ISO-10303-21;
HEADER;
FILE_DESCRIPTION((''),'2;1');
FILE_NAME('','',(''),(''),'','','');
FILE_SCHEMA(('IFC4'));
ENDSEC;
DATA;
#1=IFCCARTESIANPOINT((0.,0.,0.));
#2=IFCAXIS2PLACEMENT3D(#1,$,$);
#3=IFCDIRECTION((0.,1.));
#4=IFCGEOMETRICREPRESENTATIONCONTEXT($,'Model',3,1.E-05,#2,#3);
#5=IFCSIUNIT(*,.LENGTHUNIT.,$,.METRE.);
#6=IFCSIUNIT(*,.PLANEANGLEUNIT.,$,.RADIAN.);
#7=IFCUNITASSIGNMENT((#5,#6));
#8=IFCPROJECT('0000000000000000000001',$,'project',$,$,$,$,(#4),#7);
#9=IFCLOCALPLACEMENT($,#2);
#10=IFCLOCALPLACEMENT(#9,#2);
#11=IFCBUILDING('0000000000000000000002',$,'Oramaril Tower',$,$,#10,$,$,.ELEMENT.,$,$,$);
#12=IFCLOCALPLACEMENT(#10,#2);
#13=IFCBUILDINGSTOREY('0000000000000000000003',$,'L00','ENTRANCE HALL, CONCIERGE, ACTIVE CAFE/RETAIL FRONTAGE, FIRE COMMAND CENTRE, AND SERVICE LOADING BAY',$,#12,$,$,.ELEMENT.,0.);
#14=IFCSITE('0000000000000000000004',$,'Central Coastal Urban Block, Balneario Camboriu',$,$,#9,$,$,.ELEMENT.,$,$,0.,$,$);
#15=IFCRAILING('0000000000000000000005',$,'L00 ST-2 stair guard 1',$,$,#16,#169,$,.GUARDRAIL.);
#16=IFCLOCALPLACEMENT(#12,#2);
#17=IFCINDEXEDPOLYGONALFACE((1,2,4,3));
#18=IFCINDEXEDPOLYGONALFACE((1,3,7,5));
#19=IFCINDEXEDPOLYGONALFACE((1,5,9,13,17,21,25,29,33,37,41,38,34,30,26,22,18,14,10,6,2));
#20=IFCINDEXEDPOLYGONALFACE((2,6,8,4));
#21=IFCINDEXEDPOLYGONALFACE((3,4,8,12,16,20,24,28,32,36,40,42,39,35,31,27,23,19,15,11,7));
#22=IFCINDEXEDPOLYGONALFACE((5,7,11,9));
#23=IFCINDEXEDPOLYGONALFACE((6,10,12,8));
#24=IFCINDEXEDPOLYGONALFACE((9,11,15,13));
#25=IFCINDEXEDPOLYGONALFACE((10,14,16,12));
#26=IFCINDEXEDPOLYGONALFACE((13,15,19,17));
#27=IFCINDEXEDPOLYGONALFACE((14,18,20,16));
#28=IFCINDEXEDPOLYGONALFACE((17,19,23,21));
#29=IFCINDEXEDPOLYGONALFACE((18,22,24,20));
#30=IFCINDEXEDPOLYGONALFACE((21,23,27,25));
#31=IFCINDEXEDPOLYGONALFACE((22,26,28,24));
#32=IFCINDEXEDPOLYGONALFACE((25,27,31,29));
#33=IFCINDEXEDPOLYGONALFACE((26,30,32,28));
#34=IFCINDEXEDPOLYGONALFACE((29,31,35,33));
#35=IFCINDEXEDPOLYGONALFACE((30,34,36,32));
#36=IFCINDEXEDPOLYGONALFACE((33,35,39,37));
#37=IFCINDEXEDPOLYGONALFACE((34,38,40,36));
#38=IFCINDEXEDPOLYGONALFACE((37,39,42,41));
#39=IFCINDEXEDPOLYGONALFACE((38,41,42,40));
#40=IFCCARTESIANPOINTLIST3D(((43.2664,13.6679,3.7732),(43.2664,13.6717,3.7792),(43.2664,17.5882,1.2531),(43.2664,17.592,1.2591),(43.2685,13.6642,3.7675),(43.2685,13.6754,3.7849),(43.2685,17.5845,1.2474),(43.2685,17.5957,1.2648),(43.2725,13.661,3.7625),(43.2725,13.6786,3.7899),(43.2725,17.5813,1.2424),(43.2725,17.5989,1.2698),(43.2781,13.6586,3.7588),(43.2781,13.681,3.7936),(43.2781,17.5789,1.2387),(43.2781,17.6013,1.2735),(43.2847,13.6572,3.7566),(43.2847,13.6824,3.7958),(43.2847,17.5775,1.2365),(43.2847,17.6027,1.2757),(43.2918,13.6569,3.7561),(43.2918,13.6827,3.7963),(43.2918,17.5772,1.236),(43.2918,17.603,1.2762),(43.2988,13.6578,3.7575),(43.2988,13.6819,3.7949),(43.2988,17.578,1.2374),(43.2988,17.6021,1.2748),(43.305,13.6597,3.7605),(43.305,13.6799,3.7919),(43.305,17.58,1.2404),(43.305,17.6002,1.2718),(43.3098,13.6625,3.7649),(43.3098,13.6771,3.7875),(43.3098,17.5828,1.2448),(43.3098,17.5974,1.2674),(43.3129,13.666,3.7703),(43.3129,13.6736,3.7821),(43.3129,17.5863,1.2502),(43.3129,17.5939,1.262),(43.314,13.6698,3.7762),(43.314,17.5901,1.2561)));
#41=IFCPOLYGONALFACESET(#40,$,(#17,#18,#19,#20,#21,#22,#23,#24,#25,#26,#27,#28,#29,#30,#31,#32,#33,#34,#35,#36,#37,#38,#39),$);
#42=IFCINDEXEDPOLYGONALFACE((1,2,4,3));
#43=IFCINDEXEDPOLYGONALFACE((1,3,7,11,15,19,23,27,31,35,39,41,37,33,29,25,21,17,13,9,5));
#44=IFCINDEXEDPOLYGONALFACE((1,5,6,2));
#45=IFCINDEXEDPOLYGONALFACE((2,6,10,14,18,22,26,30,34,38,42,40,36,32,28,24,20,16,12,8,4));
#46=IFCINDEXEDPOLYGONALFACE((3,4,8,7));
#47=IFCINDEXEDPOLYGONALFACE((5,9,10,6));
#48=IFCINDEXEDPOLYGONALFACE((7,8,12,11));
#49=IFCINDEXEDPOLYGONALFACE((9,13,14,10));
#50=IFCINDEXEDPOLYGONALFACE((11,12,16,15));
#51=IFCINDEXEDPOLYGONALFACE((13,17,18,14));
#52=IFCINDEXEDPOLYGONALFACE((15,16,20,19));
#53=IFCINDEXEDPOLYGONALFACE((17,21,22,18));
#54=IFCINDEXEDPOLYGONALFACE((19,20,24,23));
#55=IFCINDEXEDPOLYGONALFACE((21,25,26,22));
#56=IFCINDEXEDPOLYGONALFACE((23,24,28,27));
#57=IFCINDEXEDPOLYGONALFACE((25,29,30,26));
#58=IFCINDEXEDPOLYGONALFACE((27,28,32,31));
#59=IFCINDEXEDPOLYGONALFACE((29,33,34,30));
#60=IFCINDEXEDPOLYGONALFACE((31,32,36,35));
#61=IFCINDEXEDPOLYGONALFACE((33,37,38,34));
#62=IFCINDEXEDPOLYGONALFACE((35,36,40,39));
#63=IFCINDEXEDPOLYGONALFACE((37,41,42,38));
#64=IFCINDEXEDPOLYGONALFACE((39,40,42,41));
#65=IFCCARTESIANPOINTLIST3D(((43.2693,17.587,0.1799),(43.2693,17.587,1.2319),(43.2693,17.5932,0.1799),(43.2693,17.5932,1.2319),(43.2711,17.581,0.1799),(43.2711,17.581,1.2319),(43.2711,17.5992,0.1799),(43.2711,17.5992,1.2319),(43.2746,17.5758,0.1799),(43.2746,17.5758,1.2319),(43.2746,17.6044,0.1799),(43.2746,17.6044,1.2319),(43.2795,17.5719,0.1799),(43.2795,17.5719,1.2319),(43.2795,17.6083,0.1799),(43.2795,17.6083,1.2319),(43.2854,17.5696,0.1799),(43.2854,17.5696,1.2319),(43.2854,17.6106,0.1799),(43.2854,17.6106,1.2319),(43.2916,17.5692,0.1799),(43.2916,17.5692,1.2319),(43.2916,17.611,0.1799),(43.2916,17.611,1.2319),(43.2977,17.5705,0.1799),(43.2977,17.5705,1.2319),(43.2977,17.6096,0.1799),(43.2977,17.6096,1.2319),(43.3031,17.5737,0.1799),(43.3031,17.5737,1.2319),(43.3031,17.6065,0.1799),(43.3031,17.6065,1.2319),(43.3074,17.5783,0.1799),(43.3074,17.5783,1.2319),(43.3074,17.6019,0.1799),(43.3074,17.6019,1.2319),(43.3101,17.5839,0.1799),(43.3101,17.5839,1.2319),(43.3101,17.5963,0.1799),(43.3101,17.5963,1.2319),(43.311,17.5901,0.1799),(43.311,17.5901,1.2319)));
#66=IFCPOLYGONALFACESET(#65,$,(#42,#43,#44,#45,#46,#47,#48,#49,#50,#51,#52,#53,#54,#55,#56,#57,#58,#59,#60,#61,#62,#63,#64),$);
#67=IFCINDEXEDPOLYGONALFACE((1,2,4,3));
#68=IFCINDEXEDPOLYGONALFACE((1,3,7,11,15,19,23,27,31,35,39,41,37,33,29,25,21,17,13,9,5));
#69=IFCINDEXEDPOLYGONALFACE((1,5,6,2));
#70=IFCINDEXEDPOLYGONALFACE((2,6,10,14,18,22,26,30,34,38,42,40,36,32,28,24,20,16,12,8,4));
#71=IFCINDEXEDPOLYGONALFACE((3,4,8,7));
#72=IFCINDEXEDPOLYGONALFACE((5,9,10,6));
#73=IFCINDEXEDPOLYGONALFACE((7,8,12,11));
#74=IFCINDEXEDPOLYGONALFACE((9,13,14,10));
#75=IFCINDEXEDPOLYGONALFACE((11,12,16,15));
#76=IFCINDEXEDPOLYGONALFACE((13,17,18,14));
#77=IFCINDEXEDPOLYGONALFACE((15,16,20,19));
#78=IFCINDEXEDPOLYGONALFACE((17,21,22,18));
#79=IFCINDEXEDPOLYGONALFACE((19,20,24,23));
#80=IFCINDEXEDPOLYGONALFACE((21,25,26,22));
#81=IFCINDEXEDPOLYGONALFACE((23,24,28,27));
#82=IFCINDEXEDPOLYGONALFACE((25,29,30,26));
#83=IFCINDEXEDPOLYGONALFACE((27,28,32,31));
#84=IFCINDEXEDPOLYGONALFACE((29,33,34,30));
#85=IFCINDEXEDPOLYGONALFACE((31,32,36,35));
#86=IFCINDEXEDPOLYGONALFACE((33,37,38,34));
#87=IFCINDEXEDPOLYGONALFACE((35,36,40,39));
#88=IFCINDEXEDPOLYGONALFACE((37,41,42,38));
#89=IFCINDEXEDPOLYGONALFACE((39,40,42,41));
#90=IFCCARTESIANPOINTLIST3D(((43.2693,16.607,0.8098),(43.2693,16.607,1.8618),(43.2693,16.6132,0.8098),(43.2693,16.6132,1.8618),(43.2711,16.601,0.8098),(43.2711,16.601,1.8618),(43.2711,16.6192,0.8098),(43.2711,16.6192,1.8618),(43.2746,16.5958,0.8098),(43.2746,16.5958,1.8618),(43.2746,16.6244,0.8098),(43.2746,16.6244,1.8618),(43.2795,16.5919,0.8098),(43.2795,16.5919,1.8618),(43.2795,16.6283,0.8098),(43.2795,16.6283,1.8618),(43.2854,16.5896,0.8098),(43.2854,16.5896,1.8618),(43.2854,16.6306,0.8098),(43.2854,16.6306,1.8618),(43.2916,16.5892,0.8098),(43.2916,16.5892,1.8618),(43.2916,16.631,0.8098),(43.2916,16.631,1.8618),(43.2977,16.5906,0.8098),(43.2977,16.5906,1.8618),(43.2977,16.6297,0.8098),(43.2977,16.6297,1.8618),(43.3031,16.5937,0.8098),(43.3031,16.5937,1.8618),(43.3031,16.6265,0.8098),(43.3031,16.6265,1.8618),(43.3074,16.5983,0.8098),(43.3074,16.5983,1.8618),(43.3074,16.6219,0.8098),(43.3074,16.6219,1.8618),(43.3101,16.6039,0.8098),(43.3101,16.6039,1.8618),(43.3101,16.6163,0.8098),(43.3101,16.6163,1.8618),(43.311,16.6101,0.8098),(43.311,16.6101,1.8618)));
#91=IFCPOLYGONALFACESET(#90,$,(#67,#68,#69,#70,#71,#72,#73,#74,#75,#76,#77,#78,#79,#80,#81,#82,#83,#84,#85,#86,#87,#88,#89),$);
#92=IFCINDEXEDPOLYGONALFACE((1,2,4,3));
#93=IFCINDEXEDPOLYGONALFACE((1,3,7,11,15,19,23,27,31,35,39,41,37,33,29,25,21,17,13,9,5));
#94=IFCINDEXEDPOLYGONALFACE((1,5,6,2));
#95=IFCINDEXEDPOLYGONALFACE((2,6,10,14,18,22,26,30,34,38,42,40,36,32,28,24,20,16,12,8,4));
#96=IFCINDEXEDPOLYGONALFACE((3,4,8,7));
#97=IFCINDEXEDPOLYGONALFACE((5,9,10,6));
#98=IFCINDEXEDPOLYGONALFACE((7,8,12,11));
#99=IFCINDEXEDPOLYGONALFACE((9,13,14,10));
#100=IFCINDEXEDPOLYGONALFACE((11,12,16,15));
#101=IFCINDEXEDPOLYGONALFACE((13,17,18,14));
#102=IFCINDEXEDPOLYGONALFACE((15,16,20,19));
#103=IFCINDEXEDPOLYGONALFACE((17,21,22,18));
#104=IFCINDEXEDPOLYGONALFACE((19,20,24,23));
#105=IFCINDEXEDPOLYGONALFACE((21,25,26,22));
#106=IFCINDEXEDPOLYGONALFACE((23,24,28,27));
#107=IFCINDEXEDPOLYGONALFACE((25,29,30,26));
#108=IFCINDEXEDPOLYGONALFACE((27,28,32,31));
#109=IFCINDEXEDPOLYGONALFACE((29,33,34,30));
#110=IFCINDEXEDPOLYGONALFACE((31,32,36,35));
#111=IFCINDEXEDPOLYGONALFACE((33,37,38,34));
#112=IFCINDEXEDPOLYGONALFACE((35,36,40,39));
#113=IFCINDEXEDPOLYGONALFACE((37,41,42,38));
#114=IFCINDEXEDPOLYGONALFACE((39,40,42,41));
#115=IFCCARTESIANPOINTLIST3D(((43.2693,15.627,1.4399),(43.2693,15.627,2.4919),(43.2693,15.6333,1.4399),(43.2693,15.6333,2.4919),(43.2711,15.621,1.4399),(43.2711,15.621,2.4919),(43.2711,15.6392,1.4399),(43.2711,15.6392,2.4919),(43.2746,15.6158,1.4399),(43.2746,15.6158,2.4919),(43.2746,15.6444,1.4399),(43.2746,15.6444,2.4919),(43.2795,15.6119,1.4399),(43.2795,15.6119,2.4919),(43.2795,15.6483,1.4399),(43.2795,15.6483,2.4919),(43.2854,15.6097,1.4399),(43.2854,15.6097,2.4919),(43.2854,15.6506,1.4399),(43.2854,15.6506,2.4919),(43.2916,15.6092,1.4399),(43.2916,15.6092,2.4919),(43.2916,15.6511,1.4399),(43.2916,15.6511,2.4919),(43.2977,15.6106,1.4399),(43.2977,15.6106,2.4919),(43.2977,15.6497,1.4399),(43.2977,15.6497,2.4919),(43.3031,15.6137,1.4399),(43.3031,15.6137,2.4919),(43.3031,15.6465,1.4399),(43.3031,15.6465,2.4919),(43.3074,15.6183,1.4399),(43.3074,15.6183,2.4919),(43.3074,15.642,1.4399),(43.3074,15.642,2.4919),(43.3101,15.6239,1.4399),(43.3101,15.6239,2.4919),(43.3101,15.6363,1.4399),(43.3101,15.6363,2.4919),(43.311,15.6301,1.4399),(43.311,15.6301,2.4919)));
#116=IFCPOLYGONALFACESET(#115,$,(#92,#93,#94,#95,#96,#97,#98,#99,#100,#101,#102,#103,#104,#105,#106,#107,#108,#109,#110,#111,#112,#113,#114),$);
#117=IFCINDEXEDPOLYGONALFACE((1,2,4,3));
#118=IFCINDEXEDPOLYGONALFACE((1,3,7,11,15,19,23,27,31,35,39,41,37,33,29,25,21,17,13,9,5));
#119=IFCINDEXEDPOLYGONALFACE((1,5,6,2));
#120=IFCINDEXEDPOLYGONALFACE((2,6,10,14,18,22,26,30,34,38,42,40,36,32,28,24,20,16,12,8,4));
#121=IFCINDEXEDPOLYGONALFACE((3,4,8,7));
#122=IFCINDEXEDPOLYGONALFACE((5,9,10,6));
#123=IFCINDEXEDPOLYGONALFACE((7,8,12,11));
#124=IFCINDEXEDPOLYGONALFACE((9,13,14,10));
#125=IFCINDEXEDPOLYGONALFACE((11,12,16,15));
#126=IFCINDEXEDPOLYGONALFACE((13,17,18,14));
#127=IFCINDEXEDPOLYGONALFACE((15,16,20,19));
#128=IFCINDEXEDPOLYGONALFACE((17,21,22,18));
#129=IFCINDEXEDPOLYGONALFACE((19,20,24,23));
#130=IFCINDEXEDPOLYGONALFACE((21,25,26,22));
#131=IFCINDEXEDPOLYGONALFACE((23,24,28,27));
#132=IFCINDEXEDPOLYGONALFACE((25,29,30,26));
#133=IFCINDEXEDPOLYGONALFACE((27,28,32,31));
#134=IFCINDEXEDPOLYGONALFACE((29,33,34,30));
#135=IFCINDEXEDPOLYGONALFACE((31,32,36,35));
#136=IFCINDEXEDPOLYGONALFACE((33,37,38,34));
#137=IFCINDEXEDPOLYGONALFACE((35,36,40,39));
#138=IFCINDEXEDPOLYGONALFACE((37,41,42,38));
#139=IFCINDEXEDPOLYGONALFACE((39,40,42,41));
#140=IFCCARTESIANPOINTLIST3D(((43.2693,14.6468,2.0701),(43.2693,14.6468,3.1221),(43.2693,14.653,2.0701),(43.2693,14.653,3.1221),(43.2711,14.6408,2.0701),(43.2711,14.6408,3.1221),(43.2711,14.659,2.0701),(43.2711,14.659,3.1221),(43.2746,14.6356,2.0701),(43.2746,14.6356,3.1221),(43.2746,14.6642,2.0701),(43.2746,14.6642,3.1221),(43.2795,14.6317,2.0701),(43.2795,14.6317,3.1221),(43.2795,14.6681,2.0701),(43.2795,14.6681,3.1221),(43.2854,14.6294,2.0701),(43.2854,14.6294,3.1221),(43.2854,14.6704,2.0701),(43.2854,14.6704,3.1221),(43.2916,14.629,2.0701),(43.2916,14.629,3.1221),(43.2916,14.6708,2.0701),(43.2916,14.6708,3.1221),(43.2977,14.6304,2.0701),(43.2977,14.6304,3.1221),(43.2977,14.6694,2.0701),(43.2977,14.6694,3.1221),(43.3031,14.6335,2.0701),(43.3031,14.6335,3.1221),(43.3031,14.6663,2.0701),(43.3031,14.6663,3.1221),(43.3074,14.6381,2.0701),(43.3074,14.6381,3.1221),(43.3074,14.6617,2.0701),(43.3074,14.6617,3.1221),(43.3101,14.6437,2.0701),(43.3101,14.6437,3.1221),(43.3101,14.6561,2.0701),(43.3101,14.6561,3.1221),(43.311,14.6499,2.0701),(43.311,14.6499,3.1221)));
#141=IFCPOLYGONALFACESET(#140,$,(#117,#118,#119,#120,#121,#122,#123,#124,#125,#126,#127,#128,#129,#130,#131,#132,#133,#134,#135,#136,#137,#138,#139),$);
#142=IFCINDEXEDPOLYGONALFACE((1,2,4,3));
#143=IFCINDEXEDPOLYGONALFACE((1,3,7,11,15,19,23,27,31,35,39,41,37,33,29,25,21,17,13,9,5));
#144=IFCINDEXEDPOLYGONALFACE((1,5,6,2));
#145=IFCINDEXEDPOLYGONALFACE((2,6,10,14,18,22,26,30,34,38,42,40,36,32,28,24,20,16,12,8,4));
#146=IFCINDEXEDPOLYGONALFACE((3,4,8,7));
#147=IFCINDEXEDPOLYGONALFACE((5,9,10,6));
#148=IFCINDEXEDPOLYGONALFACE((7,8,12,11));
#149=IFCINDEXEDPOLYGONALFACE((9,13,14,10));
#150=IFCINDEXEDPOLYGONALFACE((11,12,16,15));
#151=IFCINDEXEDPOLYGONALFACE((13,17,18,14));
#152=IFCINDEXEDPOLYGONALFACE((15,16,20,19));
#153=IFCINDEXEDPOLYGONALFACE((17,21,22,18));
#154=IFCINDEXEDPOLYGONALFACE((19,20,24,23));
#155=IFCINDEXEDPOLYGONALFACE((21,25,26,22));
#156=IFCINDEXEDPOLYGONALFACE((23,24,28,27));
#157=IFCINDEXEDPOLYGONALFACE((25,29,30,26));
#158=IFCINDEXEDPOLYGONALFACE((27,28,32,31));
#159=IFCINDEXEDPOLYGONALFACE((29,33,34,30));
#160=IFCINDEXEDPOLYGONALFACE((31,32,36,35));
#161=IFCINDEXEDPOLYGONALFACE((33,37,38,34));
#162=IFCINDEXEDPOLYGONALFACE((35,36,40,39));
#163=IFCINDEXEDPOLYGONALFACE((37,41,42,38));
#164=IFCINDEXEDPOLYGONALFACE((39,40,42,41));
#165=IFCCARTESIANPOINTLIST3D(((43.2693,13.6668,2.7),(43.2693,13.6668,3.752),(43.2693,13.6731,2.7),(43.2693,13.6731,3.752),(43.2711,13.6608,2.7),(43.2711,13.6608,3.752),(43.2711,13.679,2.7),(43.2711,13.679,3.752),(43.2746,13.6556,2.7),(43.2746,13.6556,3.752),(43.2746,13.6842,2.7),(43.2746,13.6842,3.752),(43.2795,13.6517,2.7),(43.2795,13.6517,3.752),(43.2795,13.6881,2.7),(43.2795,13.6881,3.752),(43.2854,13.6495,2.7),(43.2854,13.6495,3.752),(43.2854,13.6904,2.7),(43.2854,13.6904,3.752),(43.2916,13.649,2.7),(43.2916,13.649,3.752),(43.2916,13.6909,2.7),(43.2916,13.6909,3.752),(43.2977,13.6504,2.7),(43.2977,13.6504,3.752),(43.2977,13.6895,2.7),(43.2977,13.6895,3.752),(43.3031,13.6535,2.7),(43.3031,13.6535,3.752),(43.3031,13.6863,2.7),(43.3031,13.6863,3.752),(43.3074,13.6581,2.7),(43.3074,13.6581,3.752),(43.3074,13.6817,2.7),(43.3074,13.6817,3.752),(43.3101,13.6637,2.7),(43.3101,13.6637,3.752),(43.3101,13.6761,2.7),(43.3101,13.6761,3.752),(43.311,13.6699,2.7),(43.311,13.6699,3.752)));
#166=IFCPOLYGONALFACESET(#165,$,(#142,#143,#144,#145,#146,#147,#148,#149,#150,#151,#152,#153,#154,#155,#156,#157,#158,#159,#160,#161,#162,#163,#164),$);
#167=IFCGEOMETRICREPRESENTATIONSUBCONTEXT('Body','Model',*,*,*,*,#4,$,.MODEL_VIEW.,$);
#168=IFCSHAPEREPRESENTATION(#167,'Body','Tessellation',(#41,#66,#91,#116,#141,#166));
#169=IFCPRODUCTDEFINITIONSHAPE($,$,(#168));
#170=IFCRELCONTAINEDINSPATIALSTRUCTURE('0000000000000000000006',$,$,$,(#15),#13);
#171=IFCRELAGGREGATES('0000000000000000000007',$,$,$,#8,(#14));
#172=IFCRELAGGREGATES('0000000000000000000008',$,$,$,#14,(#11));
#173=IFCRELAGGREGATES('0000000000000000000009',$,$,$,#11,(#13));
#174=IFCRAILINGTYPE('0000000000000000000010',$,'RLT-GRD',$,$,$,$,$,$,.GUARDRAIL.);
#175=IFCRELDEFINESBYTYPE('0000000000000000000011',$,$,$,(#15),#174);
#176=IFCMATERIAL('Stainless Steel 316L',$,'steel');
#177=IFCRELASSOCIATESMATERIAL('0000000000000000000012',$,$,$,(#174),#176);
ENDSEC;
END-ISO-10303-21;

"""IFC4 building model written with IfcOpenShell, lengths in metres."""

from ifc_helpers import new_model, si_unit, direction, frame, origin, origin_2d, place, context, subcontext, project, spatial, circle, extrude, material, type_object, element, save


model = new_model("IFC4")

# Units and contexts
model_context = context("Model", 3, precision=1e-05, world=origin(), true_north=direction((0.0, 1.0)))
body_context = subcontext(model_context, "Body", "Model", "MODEL_VIEW")
ifc_project = project(units=[si_unit("LENGTHUNIT", "METRE"), si_unit("PLANEANGLEUNIT", "RADIAN")], contexts=[model_context])

# Site, building, storey
site_placement = place(None, origin())
site = spatial("IfcSite", under=ifc_project, at=site_placement, Name="Central Coastal Urban Block, Balneario Camboriu", CompositionType="ELEMENT", RefElevation=0.0)
building_placement = place(site_placement, origin())
building = spatial("IfcBuilding", under=site, at=building_placement, Name="Oramaril Tower", CompositionType="ELEMENT")
storey_placement = place(building_placement, origin())
storey = spatial("IfcBuildingStorey", under=building, at=storey_placement, Name="L00", Description="ENTRANCE HALL, CONCIERGE, ACTIVE CAFE/RETAIL FRONTAGE, FIRE COMMAND CENTRE, AND SERVICE LOADING BAY", CompositionType="ELEMENT", Elevation=0.0)

# Railing
ifc_material_1 = material(Name="Stainless Steel 316L", Category="steel")
railing_type_1 = type_object("IfcRailingType", Name="RLT-GRD", PredefinedType="GUARDRAIL", material=ifc_material_1)
railing_1_placement = place(storey_placement, frame((43.29, 17.5901, 0.1799)))
element("IfcRailing", 1, at=railing_1_placement, inside=storey, type_object=railing_type_1, Name="L00 ST-2 stair guard 1", PredefinedType="GUARDRAIL", context=body_context, shape_type="SweptSolid", body=[
    extrude(circle(Radius=0.0239, at=origin_2d()), frame((0.0, 0.0, 1.0762), z_axis=(0.0, -0.841187, 0.540744), x_axis=(1.0, 0.0, 0.0)), (0.0, 0.0, 1.0), 4.6604),
    extrude(circle(Radius=0.021, at=origin_2d()), origin(), (0.0, 0.0, 1.0), 1.052),
    extrude(circle(Radius=0.021, at=origin_2d()), frame((0.0, -0.98, 0.6299)), (0.0, 0.0, 1.0), 1.052),
    extrude(circle(Radius=0.021, at=origin_2d()), frame((0.0, -1.96, 1.26)), (0.0, 0.0, 1.0), 1.052),
    extrude(circle(Radius=0.021, at=origin_2d()), frame((0.0, -2.9402, 1.8901)), (0.0, 0.0, 1.0), 1.052),
    extrude(circle(Radius=0.021, at=origin_2d()), frame((0.0, -3.9202, 2.52)), (0.0, 0.0, 1.0), 1.052),
])

save(model, "model.ifc")
